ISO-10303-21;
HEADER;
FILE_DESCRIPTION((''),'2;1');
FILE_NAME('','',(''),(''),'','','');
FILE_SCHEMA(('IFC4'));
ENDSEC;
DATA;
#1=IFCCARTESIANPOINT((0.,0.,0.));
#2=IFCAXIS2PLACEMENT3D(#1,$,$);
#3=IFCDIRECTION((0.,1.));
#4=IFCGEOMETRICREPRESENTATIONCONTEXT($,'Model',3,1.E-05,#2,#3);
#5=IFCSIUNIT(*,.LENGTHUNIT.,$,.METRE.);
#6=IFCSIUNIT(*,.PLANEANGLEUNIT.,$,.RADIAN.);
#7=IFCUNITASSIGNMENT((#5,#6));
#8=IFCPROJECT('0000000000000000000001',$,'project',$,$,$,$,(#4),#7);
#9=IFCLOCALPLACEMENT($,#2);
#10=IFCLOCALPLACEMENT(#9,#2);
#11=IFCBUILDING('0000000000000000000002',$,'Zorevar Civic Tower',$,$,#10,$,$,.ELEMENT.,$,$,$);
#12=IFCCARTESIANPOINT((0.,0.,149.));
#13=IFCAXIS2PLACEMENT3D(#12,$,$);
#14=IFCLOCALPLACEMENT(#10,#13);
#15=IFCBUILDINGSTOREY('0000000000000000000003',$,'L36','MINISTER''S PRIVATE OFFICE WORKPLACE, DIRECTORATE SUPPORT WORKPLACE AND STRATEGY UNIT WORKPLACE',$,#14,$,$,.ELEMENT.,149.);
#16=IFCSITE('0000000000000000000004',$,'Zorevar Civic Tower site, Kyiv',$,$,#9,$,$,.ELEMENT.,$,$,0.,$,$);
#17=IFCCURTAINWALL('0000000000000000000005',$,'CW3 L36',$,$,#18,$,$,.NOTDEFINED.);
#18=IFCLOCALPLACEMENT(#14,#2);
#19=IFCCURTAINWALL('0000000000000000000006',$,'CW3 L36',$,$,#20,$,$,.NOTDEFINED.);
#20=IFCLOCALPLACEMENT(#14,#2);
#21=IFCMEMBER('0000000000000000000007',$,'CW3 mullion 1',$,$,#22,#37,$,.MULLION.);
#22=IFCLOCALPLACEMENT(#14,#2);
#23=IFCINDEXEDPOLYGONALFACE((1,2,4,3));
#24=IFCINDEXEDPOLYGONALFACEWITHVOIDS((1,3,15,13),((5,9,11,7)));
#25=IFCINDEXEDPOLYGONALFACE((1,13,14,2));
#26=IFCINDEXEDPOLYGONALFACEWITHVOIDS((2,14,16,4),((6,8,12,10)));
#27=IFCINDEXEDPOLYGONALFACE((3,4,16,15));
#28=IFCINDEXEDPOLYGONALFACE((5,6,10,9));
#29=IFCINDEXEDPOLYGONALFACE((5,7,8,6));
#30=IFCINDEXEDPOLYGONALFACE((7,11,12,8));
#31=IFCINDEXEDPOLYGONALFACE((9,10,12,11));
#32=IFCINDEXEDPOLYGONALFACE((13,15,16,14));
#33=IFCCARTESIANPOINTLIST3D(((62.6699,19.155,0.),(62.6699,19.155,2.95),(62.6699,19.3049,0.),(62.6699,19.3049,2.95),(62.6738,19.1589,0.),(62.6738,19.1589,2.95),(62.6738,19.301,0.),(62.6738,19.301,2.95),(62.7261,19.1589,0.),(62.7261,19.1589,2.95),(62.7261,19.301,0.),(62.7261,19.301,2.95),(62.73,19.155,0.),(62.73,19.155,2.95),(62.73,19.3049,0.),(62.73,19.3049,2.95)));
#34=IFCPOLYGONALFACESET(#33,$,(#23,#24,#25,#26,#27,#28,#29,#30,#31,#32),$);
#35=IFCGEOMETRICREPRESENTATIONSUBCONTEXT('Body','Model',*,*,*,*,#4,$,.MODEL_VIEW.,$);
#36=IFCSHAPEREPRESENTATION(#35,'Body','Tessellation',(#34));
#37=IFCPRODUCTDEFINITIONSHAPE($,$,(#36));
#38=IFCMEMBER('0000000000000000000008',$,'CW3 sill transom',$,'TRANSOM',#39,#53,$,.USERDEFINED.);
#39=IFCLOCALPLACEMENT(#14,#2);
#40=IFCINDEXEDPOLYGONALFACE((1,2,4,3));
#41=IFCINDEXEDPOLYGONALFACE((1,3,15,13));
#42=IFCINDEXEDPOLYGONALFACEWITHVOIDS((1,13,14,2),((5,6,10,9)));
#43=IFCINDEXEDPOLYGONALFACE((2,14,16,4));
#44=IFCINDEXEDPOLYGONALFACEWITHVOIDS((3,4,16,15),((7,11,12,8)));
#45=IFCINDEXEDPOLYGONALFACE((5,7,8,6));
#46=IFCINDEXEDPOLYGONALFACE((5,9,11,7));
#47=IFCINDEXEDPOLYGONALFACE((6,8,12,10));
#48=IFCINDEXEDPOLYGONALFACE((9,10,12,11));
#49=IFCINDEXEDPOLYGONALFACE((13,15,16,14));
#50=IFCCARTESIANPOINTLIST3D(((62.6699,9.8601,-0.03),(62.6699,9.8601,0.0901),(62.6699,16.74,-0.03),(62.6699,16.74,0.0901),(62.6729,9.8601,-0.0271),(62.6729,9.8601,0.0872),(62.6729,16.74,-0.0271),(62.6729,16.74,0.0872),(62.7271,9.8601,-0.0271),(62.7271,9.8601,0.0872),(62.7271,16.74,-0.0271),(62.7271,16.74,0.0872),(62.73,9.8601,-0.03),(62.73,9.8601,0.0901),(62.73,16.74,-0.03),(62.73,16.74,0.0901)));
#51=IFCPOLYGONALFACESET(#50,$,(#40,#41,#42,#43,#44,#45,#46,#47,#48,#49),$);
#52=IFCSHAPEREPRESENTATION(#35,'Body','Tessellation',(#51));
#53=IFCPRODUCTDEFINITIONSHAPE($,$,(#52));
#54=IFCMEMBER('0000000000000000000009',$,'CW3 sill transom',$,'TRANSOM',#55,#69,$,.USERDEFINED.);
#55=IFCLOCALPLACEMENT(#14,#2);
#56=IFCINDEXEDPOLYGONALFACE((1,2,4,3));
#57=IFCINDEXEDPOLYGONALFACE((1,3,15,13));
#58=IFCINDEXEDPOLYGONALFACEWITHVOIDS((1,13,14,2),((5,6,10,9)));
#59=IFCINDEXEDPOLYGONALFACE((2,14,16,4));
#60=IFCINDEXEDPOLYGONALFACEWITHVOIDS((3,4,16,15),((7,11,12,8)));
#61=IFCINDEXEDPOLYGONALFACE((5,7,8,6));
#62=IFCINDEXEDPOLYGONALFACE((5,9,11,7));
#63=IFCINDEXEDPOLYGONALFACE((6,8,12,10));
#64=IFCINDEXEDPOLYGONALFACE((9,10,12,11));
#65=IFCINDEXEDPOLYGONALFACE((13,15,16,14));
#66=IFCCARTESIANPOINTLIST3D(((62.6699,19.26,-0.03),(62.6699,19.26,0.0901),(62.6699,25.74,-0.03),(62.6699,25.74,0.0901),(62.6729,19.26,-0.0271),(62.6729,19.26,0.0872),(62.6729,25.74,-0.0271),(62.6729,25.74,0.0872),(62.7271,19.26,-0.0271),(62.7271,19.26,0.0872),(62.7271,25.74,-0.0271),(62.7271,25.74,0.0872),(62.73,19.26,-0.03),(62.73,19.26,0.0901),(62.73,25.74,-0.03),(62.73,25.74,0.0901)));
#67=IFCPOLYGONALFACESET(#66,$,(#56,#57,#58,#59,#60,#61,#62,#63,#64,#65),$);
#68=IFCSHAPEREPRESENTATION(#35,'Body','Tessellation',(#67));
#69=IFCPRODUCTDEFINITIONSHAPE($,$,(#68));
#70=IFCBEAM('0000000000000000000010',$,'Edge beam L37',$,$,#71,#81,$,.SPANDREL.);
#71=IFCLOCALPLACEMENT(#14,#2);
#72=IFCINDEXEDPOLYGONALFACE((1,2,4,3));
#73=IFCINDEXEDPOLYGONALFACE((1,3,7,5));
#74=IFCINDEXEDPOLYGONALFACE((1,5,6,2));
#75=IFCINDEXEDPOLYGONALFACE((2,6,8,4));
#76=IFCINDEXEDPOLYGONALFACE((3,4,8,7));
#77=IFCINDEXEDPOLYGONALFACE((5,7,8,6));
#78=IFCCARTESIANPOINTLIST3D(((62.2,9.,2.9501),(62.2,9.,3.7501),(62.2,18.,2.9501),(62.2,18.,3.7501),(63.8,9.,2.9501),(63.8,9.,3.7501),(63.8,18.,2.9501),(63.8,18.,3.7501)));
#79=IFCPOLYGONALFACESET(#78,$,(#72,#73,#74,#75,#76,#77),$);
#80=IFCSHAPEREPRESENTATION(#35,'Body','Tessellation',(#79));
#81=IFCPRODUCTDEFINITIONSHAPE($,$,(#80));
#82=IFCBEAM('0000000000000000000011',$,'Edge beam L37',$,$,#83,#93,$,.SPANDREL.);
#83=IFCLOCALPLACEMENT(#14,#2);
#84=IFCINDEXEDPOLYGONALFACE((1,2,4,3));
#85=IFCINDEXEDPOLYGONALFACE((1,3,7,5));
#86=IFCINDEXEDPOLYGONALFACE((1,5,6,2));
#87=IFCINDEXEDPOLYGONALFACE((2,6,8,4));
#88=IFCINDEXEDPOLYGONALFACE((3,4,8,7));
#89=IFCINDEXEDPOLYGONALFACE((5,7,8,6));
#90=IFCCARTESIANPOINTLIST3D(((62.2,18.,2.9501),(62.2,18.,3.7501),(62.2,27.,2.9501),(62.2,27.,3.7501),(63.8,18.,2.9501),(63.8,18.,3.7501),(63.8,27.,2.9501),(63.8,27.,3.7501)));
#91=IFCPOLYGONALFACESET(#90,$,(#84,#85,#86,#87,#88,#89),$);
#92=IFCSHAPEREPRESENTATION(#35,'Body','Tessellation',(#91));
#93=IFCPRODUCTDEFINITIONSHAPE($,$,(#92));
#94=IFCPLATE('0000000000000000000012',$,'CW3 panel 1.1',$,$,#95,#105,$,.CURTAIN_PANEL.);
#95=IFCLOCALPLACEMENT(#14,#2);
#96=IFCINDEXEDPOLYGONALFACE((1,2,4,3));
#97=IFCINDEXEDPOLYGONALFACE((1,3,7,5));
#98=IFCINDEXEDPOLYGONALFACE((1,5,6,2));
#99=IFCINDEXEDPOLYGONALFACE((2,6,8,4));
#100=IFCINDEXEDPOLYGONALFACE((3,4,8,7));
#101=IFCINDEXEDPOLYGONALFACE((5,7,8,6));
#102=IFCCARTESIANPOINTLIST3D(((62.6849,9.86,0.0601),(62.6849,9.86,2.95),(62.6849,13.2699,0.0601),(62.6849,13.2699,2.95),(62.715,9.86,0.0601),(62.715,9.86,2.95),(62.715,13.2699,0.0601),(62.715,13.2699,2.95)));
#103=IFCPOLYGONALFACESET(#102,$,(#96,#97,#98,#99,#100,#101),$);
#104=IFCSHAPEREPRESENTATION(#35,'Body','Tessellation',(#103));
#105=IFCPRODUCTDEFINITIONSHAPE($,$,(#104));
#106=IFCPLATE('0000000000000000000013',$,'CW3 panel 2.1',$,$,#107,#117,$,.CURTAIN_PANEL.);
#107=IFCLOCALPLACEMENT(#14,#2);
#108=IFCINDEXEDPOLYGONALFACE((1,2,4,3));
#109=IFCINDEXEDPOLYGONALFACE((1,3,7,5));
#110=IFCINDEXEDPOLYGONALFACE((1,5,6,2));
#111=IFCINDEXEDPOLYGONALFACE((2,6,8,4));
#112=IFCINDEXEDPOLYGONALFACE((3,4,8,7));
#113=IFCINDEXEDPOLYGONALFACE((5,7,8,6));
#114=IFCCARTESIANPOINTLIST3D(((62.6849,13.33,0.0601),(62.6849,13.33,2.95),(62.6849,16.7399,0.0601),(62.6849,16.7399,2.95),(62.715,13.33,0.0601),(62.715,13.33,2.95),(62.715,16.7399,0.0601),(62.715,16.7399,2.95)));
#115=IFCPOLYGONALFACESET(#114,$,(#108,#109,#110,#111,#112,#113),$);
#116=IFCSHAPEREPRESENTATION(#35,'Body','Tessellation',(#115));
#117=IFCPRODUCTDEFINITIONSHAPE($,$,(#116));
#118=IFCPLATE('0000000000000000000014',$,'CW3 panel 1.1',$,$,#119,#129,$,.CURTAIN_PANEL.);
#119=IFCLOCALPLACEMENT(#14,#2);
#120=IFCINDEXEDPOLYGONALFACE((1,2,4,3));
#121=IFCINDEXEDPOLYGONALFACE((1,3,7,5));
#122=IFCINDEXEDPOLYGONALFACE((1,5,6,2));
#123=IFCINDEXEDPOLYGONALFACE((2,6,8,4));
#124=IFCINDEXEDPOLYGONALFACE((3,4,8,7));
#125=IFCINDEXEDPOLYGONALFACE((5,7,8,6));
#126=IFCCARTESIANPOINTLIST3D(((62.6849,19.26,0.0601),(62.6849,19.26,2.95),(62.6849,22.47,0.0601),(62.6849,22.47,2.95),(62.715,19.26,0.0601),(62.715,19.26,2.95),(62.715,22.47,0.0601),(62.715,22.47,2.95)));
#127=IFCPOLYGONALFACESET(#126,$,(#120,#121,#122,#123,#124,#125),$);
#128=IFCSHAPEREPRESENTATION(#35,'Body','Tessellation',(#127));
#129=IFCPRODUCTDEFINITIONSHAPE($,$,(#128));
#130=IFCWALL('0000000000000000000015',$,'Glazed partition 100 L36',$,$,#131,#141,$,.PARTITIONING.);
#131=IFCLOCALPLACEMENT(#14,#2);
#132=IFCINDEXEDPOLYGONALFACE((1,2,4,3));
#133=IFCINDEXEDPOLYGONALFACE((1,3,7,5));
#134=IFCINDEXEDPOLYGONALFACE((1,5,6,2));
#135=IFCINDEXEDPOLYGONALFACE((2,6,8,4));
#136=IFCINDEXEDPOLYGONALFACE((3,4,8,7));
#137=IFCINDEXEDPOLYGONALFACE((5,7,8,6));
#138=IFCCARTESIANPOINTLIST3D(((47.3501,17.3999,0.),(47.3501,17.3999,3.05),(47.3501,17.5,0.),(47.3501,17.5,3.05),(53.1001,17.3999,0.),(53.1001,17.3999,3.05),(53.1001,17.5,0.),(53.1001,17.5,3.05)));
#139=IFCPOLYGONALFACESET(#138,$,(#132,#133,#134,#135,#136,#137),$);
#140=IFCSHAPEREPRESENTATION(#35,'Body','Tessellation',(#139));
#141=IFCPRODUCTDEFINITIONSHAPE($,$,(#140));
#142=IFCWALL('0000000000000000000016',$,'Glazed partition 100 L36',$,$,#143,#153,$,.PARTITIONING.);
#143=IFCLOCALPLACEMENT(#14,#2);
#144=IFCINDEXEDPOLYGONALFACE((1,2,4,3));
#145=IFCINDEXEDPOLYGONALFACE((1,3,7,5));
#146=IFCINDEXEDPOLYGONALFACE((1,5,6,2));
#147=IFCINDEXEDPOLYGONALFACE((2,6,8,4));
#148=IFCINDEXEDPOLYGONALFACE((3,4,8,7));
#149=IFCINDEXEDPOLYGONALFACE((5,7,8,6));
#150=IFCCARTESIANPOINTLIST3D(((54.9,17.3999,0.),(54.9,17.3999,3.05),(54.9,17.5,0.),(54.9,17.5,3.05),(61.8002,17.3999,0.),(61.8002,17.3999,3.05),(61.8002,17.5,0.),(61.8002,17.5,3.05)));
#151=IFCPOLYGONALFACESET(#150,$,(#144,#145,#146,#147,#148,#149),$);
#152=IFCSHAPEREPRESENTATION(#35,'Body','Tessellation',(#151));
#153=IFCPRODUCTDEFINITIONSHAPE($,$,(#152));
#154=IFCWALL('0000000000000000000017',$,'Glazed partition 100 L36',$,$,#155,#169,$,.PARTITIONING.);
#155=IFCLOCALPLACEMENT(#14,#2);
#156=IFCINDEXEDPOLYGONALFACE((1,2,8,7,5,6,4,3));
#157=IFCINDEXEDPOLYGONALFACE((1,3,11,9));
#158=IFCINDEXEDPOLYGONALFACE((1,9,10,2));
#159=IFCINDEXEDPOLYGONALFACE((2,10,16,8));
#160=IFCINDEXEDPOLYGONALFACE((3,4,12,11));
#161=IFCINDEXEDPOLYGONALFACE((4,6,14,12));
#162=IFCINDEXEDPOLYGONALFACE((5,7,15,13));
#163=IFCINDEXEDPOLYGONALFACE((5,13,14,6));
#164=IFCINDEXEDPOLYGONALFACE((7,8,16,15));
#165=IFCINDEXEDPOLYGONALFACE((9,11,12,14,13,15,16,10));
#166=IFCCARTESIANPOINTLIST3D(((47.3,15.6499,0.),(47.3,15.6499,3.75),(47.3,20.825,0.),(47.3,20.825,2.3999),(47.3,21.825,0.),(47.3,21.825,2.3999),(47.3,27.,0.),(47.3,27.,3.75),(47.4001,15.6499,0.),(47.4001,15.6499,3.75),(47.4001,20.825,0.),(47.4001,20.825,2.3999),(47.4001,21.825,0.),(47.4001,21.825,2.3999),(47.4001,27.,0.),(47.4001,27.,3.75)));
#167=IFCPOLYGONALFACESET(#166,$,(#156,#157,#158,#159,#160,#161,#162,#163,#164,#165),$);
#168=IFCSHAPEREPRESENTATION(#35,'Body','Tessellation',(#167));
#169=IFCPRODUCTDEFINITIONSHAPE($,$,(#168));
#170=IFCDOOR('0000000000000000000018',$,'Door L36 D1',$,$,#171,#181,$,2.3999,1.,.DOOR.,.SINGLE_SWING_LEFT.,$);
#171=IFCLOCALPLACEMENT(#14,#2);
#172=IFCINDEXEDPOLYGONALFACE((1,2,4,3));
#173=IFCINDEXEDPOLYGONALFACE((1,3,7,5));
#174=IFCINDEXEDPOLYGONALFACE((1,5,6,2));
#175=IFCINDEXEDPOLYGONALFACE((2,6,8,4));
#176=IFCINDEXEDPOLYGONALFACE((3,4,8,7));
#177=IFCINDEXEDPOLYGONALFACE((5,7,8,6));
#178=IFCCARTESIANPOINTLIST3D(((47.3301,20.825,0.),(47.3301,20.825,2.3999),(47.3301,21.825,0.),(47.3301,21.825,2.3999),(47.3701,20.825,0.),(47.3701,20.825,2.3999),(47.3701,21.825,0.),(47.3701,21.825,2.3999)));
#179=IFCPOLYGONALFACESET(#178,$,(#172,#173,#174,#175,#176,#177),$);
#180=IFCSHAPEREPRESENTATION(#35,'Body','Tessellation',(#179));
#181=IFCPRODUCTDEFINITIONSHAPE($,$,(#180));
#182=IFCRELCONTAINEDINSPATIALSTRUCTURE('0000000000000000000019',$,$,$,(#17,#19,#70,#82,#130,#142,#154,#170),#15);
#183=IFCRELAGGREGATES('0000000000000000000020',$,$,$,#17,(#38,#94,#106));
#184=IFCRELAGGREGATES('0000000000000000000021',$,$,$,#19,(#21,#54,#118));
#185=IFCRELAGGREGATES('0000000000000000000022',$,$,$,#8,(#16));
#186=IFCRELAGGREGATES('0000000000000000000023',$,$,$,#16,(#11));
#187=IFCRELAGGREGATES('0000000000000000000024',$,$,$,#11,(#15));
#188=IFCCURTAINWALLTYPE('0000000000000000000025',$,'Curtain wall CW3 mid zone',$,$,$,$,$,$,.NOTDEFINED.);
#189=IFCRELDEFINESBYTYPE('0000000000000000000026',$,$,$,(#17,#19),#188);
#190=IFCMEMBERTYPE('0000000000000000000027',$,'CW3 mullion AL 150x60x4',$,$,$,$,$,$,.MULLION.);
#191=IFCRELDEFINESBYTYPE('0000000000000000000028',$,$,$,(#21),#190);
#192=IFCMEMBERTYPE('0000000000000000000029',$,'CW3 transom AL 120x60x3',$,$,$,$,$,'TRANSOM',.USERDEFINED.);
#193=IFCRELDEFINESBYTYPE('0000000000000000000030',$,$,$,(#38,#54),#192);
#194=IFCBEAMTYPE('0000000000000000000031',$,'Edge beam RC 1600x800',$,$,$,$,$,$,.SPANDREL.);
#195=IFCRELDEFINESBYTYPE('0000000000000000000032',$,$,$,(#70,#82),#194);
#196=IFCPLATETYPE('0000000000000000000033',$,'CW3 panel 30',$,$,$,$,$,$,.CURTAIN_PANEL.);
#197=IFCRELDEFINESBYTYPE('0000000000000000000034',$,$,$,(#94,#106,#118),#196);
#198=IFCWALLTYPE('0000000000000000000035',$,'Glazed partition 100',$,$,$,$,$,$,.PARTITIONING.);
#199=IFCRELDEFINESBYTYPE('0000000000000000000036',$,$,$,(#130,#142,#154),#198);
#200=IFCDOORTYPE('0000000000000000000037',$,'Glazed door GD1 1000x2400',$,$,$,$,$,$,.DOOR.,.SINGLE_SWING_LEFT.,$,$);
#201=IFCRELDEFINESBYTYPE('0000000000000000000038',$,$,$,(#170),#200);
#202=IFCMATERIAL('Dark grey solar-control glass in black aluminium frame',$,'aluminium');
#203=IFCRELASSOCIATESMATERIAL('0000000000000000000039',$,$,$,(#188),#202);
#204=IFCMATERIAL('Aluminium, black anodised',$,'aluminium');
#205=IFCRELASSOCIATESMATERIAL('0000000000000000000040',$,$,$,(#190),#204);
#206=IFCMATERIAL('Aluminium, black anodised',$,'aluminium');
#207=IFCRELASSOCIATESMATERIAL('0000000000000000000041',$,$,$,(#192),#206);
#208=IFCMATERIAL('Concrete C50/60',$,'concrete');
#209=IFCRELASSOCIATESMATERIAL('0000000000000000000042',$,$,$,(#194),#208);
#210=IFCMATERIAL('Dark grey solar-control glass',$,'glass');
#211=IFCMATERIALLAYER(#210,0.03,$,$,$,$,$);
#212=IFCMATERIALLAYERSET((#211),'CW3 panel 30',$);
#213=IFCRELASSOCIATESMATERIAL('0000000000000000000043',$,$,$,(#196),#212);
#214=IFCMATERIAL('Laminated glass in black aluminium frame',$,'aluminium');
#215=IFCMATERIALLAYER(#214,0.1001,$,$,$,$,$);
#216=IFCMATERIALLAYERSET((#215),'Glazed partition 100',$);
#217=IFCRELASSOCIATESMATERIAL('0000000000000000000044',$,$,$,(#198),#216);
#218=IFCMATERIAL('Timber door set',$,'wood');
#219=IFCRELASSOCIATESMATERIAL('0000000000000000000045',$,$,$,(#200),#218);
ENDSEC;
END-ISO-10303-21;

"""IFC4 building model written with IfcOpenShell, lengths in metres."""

from ifc_helpers import new_model, si_unit, direction, frame, frame_2d, origin, origin_2d, place, context, subcontext, project, spatial, rectangle, hollow_rectangle, extrude, material, layer, layer_set, material_profile, profile_set, type_object, element, fill, aggregate, save


model = new_model("IFC4")

# Units and contexts
model_context = context("Model", 3, precision=1e-05, world=origin(), true_north=direction((0.0, 1.0)))
body_context = subcontext(model_context, "Body", "Model", "MODEL_VIEW")
ifc_project = project(units=[si_unit("LENGTHUNIT", "METRE"), si_unit("PLANEANGLEUNIT", "RADIAN")], contexts=[model_context])

# Site, building, storey
site_placement = place(None, origin())
site = spatial("IfcSite", under=ifc_project, at=site_placement, Name="Zorevar Civic Tower site, Kyiv", CompositionType="ELEMENT", RefElevation=0.0)
building_placement = place(site_placement, origin())
building = spatial("IfcBuilding", under=site, at=building_placement, Name="Zorevar Civic Tower", CompositionType="ELEMENT")
storey_placement = place(building_placement, frame((0.0, 0.0, 149.0)))
storey = spatial("IfcBuildingStorey", under=building, at=storey_placement, Name="L36", Description="MINISTER'S PRIVATE OFFICE WORKPLACE, DIRECTORATE SUPPORT WORKPLACE AND STRATEGY UNIT WORKPLACE", CompositionType="ELEMENT", Elevation=149.0)

# Curtain wall
ifc_material_1 = material(Name="Dark grey solar-control glass in black aluminium frame", Category="aluminium")
curtain_wall_type = type_object("IfcCurtainWallType", Name="Curtain wall CW3 mid zone", PredefinedType="NOTDEFINED", material=ifc_material_1)
curtain_wall_1_placement = place(storey_placement, origin())
curtain_wall_1 = element("IfcCurtainWall", 1, at=curtain_wall_1_placement, inside=storey, type_object=curtain_wall_type, Name="CW3 L36", PredefinedType="NOTDEFINED")
ifc_material_2 = material(Name="Aluminium, black anodised", Category="aluminium")
ifc_material_profile_1 = material_profile(ifc_material_2, hollow_rectangle(XDim=0.0601, YDim=0.1499, WallThickness=0.0039, at=origin_2d()), Name="AL 150x60x4")
ifc_profile_set_1 = profile_set([ifc_material_profile_1], Name="Aluminium, black anodised")
member_type_1 = type_object("IfcMemberType", Name="CW3 mullion AL 150x60x4", PredefinedType="MULLION", material=ifc_profile_set_1)

# Curtain wall, member
curtain_wall_2_placement = place(storey_placement, origin())
curtain_wall_2 = element("IfcCurtainWall", 2, at=curtain_wall_2_placement, inside=storey, type_object=curtain_wall_type, Name="CW3 L36", PredefinedType="NOTDEFINED")
member_1_placement = place(storey_placement, frame((62.7, 19.23, 0.0), z_axis=(0.0, 0.0, 1.0), x_axis=(-1.0, 0.0, 0.0)))
member_1 = element("IfcMember", 3, at=member_1_placement, type_object=member_type_1, Name="CW3 mullion 1", PredefinedType="MULLION", context=body_context, shape_type="SweptSolid", body=[
    extrude(hollow_rectangle(XDim=0.0601, YDim=0.1499, WallThickness=0.0039, at=origin_2d()), origin(), (0.0, 0.0, 1.0), 2.95),
])

# Members
ifc_material_3 = material(Name="Aluminium, black anodised", Category="aluminium")
ifc_material_profile_2 = material_profile(ifc_material_3, hollow_rectangle(XDim=0.0601, YDim=0.1201, WallThickness=0.0029, at=origin_2d()), Name="AL 120x60x3")
ifc_profile_set_2 = profile_set([ifc_material_profile_2], Name="Aluminium, black anodised")
member_type_2 = type_object("IfcMemberType", Name="CW3 transom AL 120x60x3", ElementType="TRANSOM", PredefinedType="USERDEFINED", material=ifc_profile_set_2)
member_2_placement = place(storey_placement, frame((62.7, 9.8601, 0.03), z_axis=(0.0, 1.0, 0.0), x_axis=(-1.0, 0.0, 0.0)))
member_2 = element("IfcMember", 4, at=member_2_placement, type_object=member_type_2, Name="CW3 sill transom", ObjectType="TRANSOM", PredefinedType="USERDEFINED", context=body_context, shape_type="SweptSolid", body=[
    extrude(hollow_rectangle(XDim=0.0601, YDim=0.1201, WallThickness=0.0029, at=origin_2d()), origin(), (0.0, 0.0, 1.0), 6.8799),
])
member_3_placement = place(storey_placement, frame((62.7, 19.26, 0.03), z_axis=(0.0, 1.0, 0.0), x_axis=(-1.0, 0.0, 0.0)))
member_3 = element("IfcMember", 5, at=member_3_placement, type_object=member_type_2, Name="CW3 sill transom", ObjectType="TRANSOM", PredefinedType="USERDEFINED", context=body_context, shape_type="SweptSolid", body=[
    extrude(hollow_rectangle(XDim=0.0601, YDim=0.1201, WallThickness=0.0029, at=origin_2d()), origin(), (0.0, 0.0, 1.0), 6.48),
])

# Beams
ifc_material_4 = material(Name="Concrete C50/60", Category="concrete")
ifc_material_profile_3 = material_profile(ifc_material_4, rectangle(XDim=1.6001, YDim=0.8, at=origin_2d()), Name="RC 1600x800")
ifc_profile_set_3 = profile_set([ifc_material_profile_3], Name="Concrete C50/60")
beam_type_1 = type_object("IfcBeamType", Name="Edge beam RC 1600x800", PredefinedType="SPANDREL", material=ifc_profile_set_3)
for number, where, z_axis, x_axis, name in (
    (6, (63.0, 9.0, 3.3501), (0.0, 1.0, 0.0), (-1.0, 0.0, 0.0), "Edge beam L37"),
    (7, (63.0, 18.0, 3.3501), (0.0, 1.0, 0.0), (-1.0, 0.0, 0.0), "Edge beam L37"),
):
    element("IfcBeam", number, at=place(storey_placement, frame(where, z_axis=z_axis, x_axis=x_axis)), inside=storey, type_object=beam_type_1, Name=name, PredefinedType="SPANDREL", context=body_context, shape_type="SweptSolid", body=[
        extrude(rectangle(XDim=1.6001, YDim=0.8, at=origin_2d()), origin(), (0.0, 0.0, 1.0), 9.0),
    ])

# Plates
ifc_material_5 = material(Name="Dark grey solar-control glass", Category="glass")
ifc_layer_1 = layer(ifc_material_5, 0.03)
ifc_layer_set_1 = layer_set([ifc_layer_1], Name="CW3 panel 30")
plate_type = type_object("IfcPlateType", Name="CW3 panel 30", PredefinedType="CURTAIN_PANEL", material=ifc_layer_set_1)
plate_1_placement = place(storey_placement, frame((62.7, 11.5649, 0.0601), z_axis=(0.0, 0.0, 1.0), x_axis=(0.0, 1.0, 0.0)))
plate_1 = element("IfcPlate", 8, at=plate_1_placement, type_object=plate_type, Name="CW3 panel 1.1", PredefinedType="CURTAIN_PANEL", context=body_context, shape_type="SweptSolid", body=[
    extrude(rectangle(XDim=3.4099, YDim=0.03, at=origin_2d()), origin(), (0.0, 0.0, 1.0), 2.8899),
])
plate_2_placement = place(storey_placement, frame((62.7, 15.0349, 0.0601), z_axis=(0.0, 0.0, 1.0), x_axis=(0.0, 1.0, 0.0)))
plate_2 = element("IfcPlate", 9, at=plate_2_placement, type_object=plate_type, Name="CW3 panel 2.1", PredefinedType="CURTAIN_PANEL", context=body_context, shape_type="SweptSolid", body=[
    extrude(rectangle(XDim=3.4099, YDim=0.03, at=origin_2d()), origin(), (0.0, 0.0, 1.0), 2.8899),
])
aggregate(curtain_wall_1, [member_2, plate_1, plate_2])
plate_3_placement = place(storey_placement, frame((62.7, 20.865, 0.0601), z_axis=(0.0, 0.0, 1.0), x_axis=(0.0, 1.0, 0.0)))
plate_3 = element("IfcPlate", 10, at=plate_3_placement, type_object=plate_type, Name="CW3 panel 1.1", PredefinedType="CURTAIN_PANEL", context=body_context, shape_type="SweptSolid", body=[
    extrude(rectangle(XDim=3.21, YDim=0.03, at=origin_2d()), origin(), (0.0, 0.0, 1.0), 2.8899),
])
aggregate(curtain_wall_2, [member_1, member_3, plate_3])

# Walls
ifc_material_6 = material(Name="Laminated glass in black aluminium frame", Category="aluminium")
ifc_layer_2 = layer(ifc_material_6, 0.1001)
ifc_layer_set_2 = layer_set([ifc_layer_2], Name="Glazed partition 100")
wall_type = type_object("IfcWallType", Name="Glazed partition 100", PredefinedType="PARTITIONING", material=ifc_layer_set_2)
wall_1_placement = place(storey_placement, frame((47.3501, 17.45, 0.0), z_axis=(0.0, 0.0, 1.0), x_axis=(1.0, 0.0, 0.0)))
element("IfcWall", 11, at=wall_1_placement, inside=storey, type_object=wall_type, Name="Glazed partition 100 L36", PredefinedType="PARTITIONING", context=body_context, shape_type="SweptSolid", body=[
    extrude(rectangle(XDim=5.75, YDim=0.1001, at=frame_2d((2.875, 0.0))), origin(), (0.0, 0.0, 1.0), 3.05),
])
wall_2_placement = place(storey_placement, frame((54.8999, 17.45, 0.0), z_axis=(0.0, 0.0, 1.0), x_axis=(1.0, 0.0, 0.0)))
element("IfcWall", 12, at=wall_2_placement, inside=storey, type_object=wall_type, Name="Glazed partition 100 L36", PredefinedType="PARTITIONING", context=body_context, shape_type="SweptSolid", body=[
    extrude(rectangle(XDim=6.9001, YDim=0.1001, at=frame_2d((3.4502, 0.0))), origin(), (0.0, 0.0, 1.0), 3.05),
])

# Wall, opening, door
wall_3_placement = place(storey_placement, frame((47.3501, 15.6499, 0.0), z_axis=(0.0, 0.0, 1.0), x_axis=(0.0, 1.0, 0.0)))
wall_3 = element("IfcWall", 13, at=wall_3_placement, inside=storey, type_object=wall_type, Name="Glazed partition 100 L36", PredefinedType="PARTITIONING", context=body_context, shape_type="SweptSolid", body=[
    extrude(rectangle(XDim=11.3501, YDim=0.1001, at=frame_2d((5.675, 0.0))), origin(), (0.0, 0.0, 1.0), 3.75),
])
opening_placement = place(wall_3_placement, frame((5.175, 0.0, 0.0)))
opening = element("IfcOpeningElement", 14, at=opening_placement, cuts=wall_3, PredefinedType="OPENING", context=body_context, shape_type="SweptSolid", body=[
    extrude(rectangle(XDim=1.0, YDim=2.3999, at=frame_2d((0.5, 1.2))), frame((0.0, 0.0601, 0.0), z_axis=(0.0, -1.0, 0.0), x_axis=(1.0, 0.0, 0.0)), (0.0, 0.0, 1.0), 0.1201),
])
ifc_material_7 = material(Name="Timber door set", Category="wood")
door_type = type_object("IfcDoorType", Name="Glazed door GD1 1000x2400", OperationType="SINGLE_SWING_LEFT", PredefinedType="DOOR", material=ifc_material_7)
door_placement = place(opening_placement, origin())
door = element("IfcDoor", 15, at=door_placement, inside=storey, type_object=door_type, Name="Door L36 D1", OperationType="SINGLE_SWING_LEFT", OverallHeight=2.3999, OverallWidth=1.0, PredefinedType="DOOR", context=body_context, shape_type="SweptSolid", body=[
    extrude(rectangle(XDim=1.0, YDim=2.3999, at=frame_2d((0.5, 1.2))), frame((0.0, 0.02, 0.0), z_axis=(0.0, -1.0, 0.0), x_axis=(1.0, 0.0, 0.0)), (0.0, 0.0, 1.0), 0.04),
])
fill(opening, door)

save(model, "model.ifc")
